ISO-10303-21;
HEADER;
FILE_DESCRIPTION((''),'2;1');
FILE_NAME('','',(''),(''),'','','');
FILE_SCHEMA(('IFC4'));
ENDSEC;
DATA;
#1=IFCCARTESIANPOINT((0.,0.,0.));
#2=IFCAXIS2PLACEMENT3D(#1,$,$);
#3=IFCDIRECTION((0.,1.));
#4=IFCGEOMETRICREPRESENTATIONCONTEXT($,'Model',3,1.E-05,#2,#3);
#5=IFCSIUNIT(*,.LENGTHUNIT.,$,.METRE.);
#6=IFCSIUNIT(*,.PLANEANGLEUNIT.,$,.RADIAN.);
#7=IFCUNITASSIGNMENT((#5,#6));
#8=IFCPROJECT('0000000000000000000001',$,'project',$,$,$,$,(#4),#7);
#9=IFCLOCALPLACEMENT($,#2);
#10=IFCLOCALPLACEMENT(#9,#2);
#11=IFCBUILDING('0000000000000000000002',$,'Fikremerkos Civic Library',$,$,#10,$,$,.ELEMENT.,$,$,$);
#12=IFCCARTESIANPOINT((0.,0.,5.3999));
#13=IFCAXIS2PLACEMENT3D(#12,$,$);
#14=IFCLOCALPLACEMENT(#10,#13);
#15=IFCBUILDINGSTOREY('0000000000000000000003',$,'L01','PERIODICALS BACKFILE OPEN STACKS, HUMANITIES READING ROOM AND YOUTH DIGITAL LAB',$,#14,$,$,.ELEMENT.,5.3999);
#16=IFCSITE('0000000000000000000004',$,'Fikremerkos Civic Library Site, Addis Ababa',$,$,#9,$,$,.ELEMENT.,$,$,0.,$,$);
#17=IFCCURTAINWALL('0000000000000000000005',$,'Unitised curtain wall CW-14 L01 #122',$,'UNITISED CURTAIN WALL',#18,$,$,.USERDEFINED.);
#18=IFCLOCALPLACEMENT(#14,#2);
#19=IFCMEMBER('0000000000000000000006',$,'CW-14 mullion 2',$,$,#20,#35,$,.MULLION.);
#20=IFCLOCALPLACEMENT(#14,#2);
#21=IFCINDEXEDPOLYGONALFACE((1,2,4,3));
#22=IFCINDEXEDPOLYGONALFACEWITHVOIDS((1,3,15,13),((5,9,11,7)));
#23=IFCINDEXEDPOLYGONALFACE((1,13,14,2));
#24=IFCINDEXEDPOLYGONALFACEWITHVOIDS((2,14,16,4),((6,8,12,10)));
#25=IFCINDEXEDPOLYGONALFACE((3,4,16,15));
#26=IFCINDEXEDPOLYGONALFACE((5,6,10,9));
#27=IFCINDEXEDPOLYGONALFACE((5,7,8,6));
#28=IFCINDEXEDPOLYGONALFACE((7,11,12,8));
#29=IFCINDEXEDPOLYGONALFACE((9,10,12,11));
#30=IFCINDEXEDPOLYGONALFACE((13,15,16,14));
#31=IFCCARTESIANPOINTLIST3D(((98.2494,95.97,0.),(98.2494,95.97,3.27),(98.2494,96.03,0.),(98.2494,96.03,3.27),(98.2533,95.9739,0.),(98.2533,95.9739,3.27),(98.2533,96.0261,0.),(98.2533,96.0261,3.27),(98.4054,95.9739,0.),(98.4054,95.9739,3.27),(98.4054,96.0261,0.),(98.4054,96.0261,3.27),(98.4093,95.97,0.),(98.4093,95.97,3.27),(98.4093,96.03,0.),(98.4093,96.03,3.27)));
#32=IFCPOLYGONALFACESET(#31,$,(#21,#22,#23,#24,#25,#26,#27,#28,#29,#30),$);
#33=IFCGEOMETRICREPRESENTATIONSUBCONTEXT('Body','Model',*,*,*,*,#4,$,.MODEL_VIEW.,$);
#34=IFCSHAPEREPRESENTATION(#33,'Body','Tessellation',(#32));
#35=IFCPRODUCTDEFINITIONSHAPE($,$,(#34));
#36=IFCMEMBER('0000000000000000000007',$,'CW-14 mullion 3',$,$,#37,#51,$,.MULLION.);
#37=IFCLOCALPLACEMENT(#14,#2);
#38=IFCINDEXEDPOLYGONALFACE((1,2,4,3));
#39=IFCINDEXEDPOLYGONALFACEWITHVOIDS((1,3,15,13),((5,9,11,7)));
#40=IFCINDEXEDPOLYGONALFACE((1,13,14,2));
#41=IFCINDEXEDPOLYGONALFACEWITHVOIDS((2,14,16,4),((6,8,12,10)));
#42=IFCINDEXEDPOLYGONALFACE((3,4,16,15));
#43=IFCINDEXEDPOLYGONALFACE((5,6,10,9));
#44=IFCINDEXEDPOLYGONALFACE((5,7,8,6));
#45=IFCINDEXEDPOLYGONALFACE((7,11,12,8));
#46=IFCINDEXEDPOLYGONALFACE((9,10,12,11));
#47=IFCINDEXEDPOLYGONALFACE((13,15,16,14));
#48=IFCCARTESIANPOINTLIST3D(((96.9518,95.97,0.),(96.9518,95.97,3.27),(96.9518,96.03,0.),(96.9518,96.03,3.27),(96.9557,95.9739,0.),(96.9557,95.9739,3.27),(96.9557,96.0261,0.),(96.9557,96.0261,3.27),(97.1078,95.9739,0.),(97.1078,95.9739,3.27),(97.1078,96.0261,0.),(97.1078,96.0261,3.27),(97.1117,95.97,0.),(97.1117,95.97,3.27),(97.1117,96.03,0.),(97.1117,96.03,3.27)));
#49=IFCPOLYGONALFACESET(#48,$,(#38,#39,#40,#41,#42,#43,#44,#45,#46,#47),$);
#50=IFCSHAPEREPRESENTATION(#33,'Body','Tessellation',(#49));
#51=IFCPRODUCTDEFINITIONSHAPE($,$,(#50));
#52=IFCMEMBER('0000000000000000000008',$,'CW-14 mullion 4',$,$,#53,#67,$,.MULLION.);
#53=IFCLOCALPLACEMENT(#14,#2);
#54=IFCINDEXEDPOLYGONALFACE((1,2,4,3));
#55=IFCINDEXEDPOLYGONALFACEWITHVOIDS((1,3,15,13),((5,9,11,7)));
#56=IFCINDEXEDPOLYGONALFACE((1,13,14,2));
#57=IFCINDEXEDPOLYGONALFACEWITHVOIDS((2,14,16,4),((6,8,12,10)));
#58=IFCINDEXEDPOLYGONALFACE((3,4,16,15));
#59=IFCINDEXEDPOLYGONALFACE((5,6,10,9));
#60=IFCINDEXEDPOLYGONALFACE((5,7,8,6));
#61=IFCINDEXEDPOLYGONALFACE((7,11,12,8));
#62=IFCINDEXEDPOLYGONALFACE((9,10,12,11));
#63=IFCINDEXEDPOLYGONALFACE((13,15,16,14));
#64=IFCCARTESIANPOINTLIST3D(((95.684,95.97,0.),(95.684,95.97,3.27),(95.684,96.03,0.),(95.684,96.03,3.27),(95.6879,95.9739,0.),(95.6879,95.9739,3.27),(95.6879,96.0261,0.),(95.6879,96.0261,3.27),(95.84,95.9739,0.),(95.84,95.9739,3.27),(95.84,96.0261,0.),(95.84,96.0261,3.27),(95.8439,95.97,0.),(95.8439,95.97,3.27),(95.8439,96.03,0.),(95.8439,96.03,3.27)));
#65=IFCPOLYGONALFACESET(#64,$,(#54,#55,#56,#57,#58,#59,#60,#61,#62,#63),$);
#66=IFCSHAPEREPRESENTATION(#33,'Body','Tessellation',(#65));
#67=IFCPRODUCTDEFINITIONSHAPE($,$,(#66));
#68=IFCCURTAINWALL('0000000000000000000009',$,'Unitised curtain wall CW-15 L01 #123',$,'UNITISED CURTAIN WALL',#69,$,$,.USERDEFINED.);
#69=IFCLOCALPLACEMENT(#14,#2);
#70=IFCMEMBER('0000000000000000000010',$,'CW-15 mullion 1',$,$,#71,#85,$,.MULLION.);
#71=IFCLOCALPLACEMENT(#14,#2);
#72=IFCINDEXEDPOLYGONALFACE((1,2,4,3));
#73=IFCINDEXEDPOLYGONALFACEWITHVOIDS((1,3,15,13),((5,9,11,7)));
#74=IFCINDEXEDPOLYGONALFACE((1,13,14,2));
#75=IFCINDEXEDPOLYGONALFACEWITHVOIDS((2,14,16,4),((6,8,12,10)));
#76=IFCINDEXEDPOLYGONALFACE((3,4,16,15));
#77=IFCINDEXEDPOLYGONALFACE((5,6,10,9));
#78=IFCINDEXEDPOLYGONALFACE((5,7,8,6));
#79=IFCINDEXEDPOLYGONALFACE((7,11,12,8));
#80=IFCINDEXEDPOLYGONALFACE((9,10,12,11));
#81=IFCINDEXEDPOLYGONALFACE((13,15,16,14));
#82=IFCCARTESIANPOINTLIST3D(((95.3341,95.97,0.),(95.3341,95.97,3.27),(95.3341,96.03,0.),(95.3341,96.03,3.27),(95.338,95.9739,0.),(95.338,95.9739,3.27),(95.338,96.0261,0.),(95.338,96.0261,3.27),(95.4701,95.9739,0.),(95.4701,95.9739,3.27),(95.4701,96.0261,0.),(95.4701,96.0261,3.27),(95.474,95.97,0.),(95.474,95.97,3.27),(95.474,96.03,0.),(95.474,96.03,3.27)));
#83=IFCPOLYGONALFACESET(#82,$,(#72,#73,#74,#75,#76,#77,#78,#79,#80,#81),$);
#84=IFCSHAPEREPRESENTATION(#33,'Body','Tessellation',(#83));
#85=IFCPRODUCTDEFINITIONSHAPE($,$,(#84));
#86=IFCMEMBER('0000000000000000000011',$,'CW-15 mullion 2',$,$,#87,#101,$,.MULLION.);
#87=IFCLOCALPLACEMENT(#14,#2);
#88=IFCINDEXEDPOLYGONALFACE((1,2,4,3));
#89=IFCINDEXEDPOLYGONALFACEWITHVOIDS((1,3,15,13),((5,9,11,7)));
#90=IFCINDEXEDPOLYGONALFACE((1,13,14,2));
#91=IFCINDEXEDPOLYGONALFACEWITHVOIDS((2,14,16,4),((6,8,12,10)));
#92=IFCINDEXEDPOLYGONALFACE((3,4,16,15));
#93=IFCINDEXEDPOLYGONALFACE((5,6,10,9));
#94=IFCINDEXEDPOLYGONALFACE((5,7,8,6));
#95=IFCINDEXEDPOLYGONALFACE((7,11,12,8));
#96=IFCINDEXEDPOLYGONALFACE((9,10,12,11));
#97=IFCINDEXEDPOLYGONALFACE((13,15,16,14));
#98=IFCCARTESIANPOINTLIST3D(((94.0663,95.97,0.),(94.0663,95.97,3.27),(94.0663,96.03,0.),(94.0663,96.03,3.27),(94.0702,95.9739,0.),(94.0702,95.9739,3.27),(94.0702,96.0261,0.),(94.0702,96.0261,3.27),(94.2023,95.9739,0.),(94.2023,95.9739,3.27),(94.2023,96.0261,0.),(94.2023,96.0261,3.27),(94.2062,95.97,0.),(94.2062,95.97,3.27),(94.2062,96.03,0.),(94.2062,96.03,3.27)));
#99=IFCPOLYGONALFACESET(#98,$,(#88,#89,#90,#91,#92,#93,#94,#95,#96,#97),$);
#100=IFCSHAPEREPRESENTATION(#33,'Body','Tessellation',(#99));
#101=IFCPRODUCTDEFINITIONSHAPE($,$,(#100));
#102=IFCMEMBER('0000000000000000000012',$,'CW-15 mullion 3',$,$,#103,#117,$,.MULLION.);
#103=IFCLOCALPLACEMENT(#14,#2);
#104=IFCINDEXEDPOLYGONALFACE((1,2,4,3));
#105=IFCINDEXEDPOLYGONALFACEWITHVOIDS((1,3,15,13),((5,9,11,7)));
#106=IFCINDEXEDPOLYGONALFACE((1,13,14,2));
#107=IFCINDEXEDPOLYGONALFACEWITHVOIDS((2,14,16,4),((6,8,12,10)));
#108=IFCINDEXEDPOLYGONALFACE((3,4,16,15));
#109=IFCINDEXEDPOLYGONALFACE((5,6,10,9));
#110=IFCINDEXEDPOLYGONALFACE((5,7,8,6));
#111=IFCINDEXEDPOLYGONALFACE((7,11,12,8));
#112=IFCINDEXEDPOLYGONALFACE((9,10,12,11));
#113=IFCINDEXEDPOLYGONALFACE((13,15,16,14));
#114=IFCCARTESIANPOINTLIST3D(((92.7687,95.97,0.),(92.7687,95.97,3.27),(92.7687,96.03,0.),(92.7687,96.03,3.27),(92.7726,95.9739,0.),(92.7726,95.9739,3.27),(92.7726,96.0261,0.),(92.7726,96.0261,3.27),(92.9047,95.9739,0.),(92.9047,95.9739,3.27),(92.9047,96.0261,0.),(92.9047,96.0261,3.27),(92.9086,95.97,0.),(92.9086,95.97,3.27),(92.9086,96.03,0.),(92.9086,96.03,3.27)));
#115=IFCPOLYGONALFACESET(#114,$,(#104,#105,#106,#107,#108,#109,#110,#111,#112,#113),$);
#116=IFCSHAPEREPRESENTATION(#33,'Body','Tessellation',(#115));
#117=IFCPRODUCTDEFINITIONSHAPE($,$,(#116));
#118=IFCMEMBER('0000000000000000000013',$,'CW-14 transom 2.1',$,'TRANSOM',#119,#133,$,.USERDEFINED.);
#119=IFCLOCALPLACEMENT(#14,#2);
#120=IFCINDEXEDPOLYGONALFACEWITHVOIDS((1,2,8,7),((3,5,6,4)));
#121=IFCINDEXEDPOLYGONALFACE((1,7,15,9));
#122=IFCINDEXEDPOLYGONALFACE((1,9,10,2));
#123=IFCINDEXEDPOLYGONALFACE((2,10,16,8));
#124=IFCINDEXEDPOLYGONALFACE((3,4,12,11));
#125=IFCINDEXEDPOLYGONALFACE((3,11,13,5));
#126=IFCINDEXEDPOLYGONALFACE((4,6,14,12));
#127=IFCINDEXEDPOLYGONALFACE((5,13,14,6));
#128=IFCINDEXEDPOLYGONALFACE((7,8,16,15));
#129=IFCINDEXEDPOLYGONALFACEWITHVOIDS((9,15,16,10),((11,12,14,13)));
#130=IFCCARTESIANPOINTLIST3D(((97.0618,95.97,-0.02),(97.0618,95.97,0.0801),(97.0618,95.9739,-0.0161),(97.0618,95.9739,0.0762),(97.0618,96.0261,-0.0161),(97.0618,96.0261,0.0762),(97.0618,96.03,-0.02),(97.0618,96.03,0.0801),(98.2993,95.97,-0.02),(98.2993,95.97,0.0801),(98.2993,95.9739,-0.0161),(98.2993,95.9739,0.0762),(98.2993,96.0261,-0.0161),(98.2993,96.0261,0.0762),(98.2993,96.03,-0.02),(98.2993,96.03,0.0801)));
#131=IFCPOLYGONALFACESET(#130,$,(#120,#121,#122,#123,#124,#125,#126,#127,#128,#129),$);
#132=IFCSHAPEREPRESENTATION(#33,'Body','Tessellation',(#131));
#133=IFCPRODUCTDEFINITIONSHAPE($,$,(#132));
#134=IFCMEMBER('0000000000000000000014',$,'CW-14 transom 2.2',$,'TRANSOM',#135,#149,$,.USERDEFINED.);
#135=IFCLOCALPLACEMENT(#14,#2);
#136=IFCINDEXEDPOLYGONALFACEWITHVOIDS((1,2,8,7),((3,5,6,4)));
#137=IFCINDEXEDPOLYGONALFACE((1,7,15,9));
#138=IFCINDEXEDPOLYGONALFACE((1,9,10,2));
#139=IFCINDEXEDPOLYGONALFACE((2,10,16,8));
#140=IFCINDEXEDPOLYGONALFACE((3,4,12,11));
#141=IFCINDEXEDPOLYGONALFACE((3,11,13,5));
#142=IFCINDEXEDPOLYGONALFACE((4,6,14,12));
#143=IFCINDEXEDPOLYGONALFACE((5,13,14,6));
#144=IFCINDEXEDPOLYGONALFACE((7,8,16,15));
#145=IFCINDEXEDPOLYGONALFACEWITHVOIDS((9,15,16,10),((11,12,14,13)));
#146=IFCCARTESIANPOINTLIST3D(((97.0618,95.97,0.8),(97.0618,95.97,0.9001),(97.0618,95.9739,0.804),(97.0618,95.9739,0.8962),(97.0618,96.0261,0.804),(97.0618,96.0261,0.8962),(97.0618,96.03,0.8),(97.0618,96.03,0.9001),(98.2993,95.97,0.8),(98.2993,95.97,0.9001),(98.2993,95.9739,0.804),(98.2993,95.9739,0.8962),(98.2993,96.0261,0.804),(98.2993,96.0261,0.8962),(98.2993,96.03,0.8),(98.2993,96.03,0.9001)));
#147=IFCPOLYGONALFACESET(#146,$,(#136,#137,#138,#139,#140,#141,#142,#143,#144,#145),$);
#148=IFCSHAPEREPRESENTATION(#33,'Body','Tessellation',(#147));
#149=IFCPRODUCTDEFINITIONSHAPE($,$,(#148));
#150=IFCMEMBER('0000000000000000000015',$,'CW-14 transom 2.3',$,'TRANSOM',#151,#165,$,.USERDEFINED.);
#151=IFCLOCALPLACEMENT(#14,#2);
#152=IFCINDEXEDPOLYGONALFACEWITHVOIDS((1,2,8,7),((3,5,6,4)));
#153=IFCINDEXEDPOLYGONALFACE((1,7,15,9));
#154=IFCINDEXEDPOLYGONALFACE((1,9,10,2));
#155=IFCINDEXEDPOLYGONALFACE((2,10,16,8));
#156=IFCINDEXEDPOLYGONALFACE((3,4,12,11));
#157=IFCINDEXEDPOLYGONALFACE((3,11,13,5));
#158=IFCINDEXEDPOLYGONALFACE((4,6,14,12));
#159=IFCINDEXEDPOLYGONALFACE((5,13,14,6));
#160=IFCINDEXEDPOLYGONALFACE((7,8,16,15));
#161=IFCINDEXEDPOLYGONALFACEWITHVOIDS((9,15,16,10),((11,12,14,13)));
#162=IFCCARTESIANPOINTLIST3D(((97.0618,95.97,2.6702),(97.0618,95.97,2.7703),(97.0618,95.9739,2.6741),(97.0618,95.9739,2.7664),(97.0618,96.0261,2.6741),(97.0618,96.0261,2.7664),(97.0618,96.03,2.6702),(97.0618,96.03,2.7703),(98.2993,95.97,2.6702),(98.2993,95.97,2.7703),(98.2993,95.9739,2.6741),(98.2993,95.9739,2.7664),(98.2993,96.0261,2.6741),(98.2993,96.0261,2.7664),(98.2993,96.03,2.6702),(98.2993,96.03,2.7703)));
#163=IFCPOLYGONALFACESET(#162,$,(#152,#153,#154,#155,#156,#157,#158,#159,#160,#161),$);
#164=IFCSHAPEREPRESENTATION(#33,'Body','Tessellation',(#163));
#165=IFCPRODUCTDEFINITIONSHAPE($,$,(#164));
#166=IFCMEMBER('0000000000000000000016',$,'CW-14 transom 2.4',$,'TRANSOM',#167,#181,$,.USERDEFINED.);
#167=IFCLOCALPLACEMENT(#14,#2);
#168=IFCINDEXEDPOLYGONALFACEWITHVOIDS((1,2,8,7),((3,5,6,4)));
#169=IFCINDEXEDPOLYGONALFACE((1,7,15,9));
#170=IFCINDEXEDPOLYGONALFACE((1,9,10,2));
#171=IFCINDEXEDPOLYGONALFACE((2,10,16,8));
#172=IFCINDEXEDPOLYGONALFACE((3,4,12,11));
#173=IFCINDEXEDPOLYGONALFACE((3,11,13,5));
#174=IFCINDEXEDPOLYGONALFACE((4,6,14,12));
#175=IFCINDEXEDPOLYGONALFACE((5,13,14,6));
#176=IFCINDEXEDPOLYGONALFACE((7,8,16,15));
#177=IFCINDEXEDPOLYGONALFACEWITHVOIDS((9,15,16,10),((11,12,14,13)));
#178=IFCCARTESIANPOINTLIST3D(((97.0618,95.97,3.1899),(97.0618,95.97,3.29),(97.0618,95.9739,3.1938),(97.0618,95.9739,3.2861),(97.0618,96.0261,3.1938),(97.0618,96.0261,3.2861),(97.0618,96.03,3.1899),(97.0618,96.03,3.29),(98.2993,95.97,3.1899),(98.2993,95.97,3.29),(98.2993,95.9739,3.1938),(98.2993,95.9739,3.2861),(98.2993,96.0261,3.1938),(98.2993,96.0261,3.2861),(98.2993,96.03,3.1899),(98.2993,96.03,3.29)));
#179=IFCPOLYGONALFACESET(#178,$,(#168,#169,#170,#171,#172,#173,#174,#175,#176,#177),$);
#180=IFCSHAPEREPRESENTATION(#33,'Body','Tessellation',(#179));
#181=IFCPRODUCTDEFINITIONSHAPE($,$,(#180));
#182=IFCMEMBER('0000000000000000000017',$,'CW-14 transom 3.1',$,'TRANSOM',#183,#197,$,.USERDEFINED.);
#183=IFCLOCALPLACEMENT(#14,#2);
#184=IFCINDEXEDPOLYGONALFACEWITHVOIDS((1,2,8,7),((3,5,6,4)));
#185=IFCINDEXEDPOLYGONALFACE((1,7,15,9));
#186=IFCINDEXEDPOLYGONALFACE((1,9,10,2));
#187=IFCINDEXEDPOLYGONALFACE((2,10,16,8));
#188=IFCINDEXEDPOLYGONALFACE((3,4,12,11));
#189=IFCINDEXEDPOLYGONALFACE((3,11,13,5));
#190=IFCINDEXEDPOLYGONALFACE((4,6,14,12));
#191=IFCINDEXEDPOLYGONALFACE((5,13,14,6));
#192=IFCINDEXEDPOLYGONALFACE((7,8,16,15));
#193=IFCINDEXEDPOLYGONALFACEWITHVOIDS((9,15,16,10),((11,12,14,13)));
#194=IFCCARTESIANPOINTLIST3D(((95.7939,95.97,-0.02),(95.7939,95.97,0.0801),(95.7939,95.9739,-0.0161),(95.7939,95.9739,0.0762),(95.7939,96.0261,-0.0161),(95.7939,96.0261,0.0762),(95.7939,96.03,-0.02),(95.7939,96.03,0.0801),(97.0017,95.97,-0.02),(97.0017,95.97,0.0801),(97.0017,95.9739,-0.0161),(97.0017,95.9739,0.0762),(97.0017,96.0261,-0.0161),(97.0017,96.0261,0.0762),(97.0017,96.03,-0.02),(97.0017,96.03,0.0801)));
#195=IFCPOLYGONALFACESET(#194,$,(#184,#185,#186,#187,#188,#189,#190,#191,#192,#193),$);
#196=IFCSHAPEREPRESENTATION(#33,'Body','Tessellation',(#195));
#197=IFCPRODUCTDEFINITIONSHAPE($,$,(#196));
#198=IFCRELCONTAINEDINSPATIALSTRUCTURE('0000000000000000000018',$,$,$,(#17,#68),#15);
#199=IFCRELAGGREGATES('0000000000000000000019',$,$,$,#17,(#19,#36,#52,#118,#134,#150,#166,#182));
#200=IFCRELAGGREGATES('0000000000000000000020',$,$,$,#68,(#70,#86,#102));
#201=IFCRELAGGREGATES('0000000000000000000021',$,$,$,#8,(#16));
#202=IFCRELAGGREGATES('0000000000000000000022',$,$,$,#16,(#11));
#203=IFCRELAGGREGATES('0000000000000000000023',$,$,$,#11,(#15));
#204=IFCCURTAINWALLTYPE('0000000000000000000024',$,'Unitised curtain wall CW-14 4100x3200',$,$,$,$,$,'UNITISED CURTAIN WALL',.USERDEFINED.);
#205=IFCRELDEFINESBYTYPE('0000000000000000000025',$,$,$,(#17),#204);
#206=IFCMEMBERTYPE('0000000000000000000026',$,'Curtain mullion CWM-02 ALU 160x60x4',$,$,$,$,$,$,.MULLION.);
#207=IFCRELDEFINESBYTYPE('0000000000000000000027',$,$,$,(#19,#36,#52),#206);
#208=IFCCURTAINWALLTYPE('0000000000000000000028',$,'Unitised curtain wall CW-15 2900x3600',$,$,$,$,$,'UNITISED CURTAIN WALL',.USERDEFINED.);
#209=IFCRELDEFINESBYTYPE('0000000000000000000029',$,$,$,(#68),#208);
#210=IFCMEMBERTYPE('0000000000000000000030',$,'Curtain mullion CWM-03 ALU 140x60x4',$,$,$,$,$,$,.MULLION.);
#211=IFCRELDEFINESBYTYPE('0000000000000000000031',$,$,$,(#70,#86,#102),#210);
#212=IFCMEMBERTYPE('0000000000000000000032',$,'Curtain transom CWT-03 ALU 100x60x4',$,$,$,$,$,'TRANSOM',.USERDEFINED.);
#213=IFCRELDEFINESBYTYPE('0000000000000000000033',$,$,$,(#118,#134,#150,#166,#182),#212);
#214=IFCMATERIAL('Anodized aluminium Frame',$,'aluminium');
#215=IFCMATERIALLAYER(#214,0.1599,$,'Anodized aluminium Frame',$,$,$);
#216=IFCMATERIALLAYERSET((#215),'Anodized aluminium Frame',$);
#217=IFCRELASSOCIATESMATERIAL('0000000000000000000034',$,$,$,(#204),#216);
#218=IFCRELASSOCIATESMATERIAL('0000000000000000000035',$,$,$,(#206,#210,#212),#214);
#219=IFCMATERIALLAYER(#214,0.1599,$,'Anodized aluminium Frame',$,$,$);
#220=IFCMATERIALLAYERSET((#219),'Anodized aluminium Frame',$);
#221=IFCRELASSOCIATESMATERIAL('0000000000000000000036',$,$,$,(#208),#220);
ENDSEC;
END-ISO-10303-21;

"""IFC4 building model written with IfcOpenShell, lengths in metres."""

from ifc_helpers import new_model, si_unit, direction, frame, origin, origin_2d, place, context, subcontext, project, spatial, hollow_rectangle, extrude, material, layer, layer_set, material_profile, profile_set, type_object, element, aggregate, save


model = new_model("IFC4")

# Units and contexts
model_context = context("Model", 3, precision=1e-05, world=origin(), true_north=direction((0.0, 1.0)))
body_context = subcontext(model_context, "Body", "Model", "MODEL_VIEW")
ifc_project = project(units=[si_unit("LENGTHUNIT", "METRE"), si_unit("PLANEANGLEUNIT", "RADIAN")], contexts=[model_context])

# Site, building, storey
site_placement = place(None, origin())
site = spatial("IfcSite", under=ifc_project, at=site_placement, Name="Fikremerkos Civic Library Site, Addis Ababa", CompositionType="ELEMENT", RefElevation=0.0)
building_placement = place(site_placement, origin())
building = spatial("IfcBuilding", under=site, at=building_placement, Name="Fikremerkos Civic Library", CompositionType="ELEMENT")
storey_placement = place(building_placement, frame((0.0, 0.0, 5.3999)))
storey = spatial("IfcBuildingStorey", under=building, at=storey_placement, Name="L01", Description="PERIODICALS BACKFILE OPEN STACKS, HUMANITIES READING ROOM AND YOUTH DIGITAL LAB", CompositionType="ELEMENT", Elevation=5.3999)

# Curtain walls, members
ifc_material_1 = material(Name="Anodized aluminium Frame", Category="aluminium")
ifc_layer_1 = layer(ifc_material_1, 0.1599, Name="Anodized aluminium Frame")
ifc_layer_set_1 = layer_set([ifc_layer_1], Name="Anodized aluminium Frame")
curtain_wall_type_1 = type_object("IfcCurtainWallType", Name="Unitised curtain wall CW-14 4100x3200", ElementType="UNITISED CURTAIN WALL", PredefinedType="USERDEFINED", material=ifc_layer_set_1)
curtain_wall_1_placement = place(storey_placement, origin())
curtain_wall_1 = element("IfcCurtainWall", 1, at=curtain_wall_1_placement, inside=storey, type_object=curtain_wall_type_1, Name="Unitised curtain wall CW-14 L01 #122", ObjectType="UNITISED CURTAIN WALL", PredefinedType="USERDEFINED")
ifc_material_profile_1 = material_profile(ifc_material_1, hollow_rectangle(XDim=0.0601, YDim=0.1599, WallThickness=0.0039, at=origin_2d()), Name="ALU 160x60x4")
ifc_profile_set_1 = profile_set([ifc_material_profile_1], Name="Anodized aluminium Frame")
member_type_1 = type_object("IfcMemberType", Name="Curtain mullion CWM-02 ALU 160x60x4", PredefinedType="MULLION", material=ifc_profile_set_1)
member_1_placement = place(storey_placement, frame((98.3293, 96.0, 0.0), z_axis=(0.0, 0.0, 1.0), x_axis=(0.0, -1.0, 0.0)))
member_1 = element("IfcMember", 2, at=member_1_placement, type_object=member_type_1, Name="CW-14 mullion 2", PredefinedType="MULLION", context=body_context, shape_type="SweptSolid", body=[
    extrude(hollow_rectangle(XDim=0.0601, YDim=0.1599, WallThickness=0.0039, at=origin_2d()), origin(), (0.0, 0.0, 1.0), 3.27),
])
member_2_placement = place(storey_placement, frame((97.0317, 96.0, 0.0), z_axis=(0.0, 0.0, 1.0), x_axis=(0.0, -1.0, 0.0)))
member_2 = element("IfcMember", 3, at=member_2_placement, type_object=member_type_1, Name="CW-14 mullion 3", PredefinedType="MULLION", context=body_context, shape_type="SweptSolid", body=[
    extrude(hollow_rectangle(XDim=0.0601, YDim=0.1599, WallThickness=0.0039, at=origin_2d()), origin(), (0.0, 0.0, 1.0), 3.27),
])
member_3_placement = place(storey_placement, frame((95.7639, 96.0, 0.0), z_axis=(0.0, 0.0, 1.0), x_axis=(0.0, -1.0, 0.0)))
member_3 = element("IfcMember", 4, at=member_3_placement, type_object=member_type_1, Name="CW-14 mullion 4", PredefinedType="MULLION", context=body_context, shape_type="SweptSolid", body=[
    extrude(hollow_rectangle(XDim=0.0601, YDim=0.1599, WallThickness=0.0039, at=origin_2d()), origin(), (0.0, 0.0, 1.0), 3.27),
])
ifc_layer_2 = layer(ifc_material_1, 0.1599, Name="Anodized aluminium Frame")
ifc_layer_set_2 = layer_set([ifc_layer_2], Name="Anodized aluminium Frame")
curtain_wall_type_2 = type_object("IfcCurtainWallType", Name="Unitised curtain wall CW-15 2900x3600", ElementType="UNITISED CURTAIN WALL", PredefinedType="USERDEFINED", material=ifc_layer_set_2)
curtain_wall_2_placement = place(storey_placement, origin())
curtain_wall_2 = element("IfcCurtainWall", 5, at=curtain_wall_2_placement, inside=storey, type_object=curtain_wall_type_2, Name="Unitised curtain wall CW-15 L01 #123", ObjectType="UNITISED CURTAIN WALL", PredefinedType="USERDEFINED")
ifc_material_profile_2 = material_profile(ifc_material_1, hollow_rectangle(XDim=0.0601, YDim=0.1399, WallThickness=0.0039, at=origin_2d()), Name="ALU 140x60x4")
ifc_profile_set_2 = profile_set([ifc_material_profile_2], Name="Anodized aluminium Frame")
member_type_2 = type_object("IfcMemberType", Name="Curtain mullion CWM-03 ALU 140x60x4", PredefinedType="MULLION", material=ifc_profile_set_2)
member_4_placement = place(storey_placement, frame((95.4041, 96.0, 0.0), z_axis=(0.0, 0.0, 1.0), x_axis=(0.0, -1.0, 0.0)))
member_4 = element("IfcMember", 6, at=member_4_placement, type_object=member_type_2, Name="CW-15 mullion 1", PredefinedType="MULLION", context=body_context, shape_type="SweptSolid", body=[
    extrude(hollow_rectangle(XDim=0.0601, YDim=0.1399, WallThickness=0.0039, at=origin_2d()), origin(), (0.0, 0.0, 1.0), 3.27),
])
member_5_placement = place(storey_placement, frame((94.1362, 96.0, 0.0), z_axis=(0.0, 0.0, 1.0), x_axis=(0.0, -1.0, 0.0)))
member_5 = element("IfcMember", 7, at=member_5_placement, type_object=member_type_2, Name="CW-15 mullion 2", PredefinedType="MULLION", context=body_context, shape_type="SweptSolid", body=[
    extrude(hollow_rectangle(XDim=0.0601, YDim=0.1399, WallThickness=0.0039, at=origin_2d()), origin(), (0.0, 0.0, 1.0), 3.27),
])
member_6_placement = place(storey_placement, frame((92.8386, 96.0, 0.0), z_axis=(0.0, 0.0, 1.0), x_axis=(0.0, -1.0, 0.0)))
member_6 = element("IfcMember", 8, at=member_6_placement, type_object=member_type_2, Name="CW-15 mullion 3", PredefinedType="MULLION", context=body_context, shape_type="SweptSolid", body=[
    extrude(hollow_rectangle(XDim=0.0601, YDim=0.1399, WallThickness=0.0039, at=origin_2d()), origin(), (0.0, 0.0, 1.0), 3.27),
])

# Members
ifc_material_profile_3 = material_profile(ifc_material_1, hollow_rectangle(XDim=0.0601, YDim=0.1001, WallThickness=0.0039, at=origin_2d()), Name="ALU 100x60x4")
ifc_profile_set_3 = profile_set([ifc_material_profile_3], Name="Anodized aluminium Frame")
member_type_3 = type_object("IfcMemberType", Name="Curtain transom CWT-03 ALU 100x60x4", ElementType="TRANSOM", PredefinedType="USERDEFINED", material=ifc_profile_set_3)
member_7_placement = place(storey_placement, frame((98.2993, 96.0, 0.03), z_axis=(-1.0, 0.0, 0.0), x_axis=(0.0, -1.0, 0.0)))
member_7 = element("IfcMember", 9, at=member_7_placement, type_object=member_type_3, Name="CW-14 transom 2.1", ObjectType="TRANSOM", PredefinedType="USERDEFINED", context=body_context, shape_type="SweptSolid", body=[
    extrude(hollow_rectangle(XDim=0.0601, YDim=0.1001, WallThickness=0.0039, at=origin_2d()), origin(), (0.0, 0.0, 1.0), 1.2375),
])
member_8_placement = place(storey_placement, frame((98.2993, 96.0, 0.8501), z_axis=(-1.0, 0.0, 0.0), x_axis=(0.0, -1.0, 0.0)))
member_8 = element("IfcMember", 10, at=member_8_placement, type_object=member_type_3, Name="CW-14 transom 2.2", ObjectType="TRANSOM", PredefinedType="USERDEFINED", context=body_context, shape_type="SweptSolid", body=[
    extrude(hollow_rectangle(XDim=0.0601, YDim=0.1001, WallThickness=0.0039, at=origin_2d()), origin(), (0.0, 0.0, 1.0), 1.2375),
])
member_9_placement = place(storey_placement, frame((98.2993, 96.0, 2.7202), z_axis=(-1.0, 0.0, 0.0), x_axis=(0.0, -1.0, 0.0)))
member_9 = element("IfcMember", 11, at=member_9_placement, type_object=member_type_3, Name="CW-14 transom 2.3", ObjectType="TRANSOM", PredefinedType="USERDEFINED", context=body_context, shape_type="SweptSolid", body=[
    extrude(hollow_rectangle(XDim=0.0601, YDim=0.1001, WallThickness=0.0039, at=origin_2d()), origin(), (0.0, 0.0, 1.0), 1.2375),
])
member_10_placement = place(storey_placement, frame((98.2993, 96.0, 3.24), z_axis=(-1.0, 0.0, 0.0), x_axis=(0.0, -1.0, 0.0)))
member_10 = element("IfcMember", 12, at=member_10_placement, type_object=member_type_3, Name="CW-14 transom 2.4", ObjectType="TRANSOM", PredefinedType="USERDEFINED", context=body_context, shape_type="SweptSolid", body=[
    extrude(hollow_rectangle(XDim=0.0601, YDim=0.1001, WallThickness=0.0039, at=origin_2d()), origin(), (0.0, 0.0, 1.0), 1.2375),
])
member_11_placement = place(storey_placement, frame((97.0017, 96.0, 0.03), z_axis=(-1.0, 0.0, 0.0), x_axis=(0.0, -1.0, 0.0)))
member_11 = element("IfcMember", 13, at=member_11_placement, type_object=member_type_3, Name="CW-14 transom 3.1", ObjectType="TRANSOM", PredefinedType="USERDEFINED", context=body_context, shape_type="SweptSolid", body=[
    extrude(hollow_rectangle(XDim=0.0601, YDim=0.1001, WallThickness=0.0039, at=origin_2d()), origin(), (0.0, 0.0, 1.0), 1.2078),
])

aggregate(curtain_wall_1, [member_1, member_2, member_3, member_7, member_8, member_9, member_10, member_11])
aggregate(curtain_wall_2, [member_4, member_5, member_6])

save(model, "model.ifc")
